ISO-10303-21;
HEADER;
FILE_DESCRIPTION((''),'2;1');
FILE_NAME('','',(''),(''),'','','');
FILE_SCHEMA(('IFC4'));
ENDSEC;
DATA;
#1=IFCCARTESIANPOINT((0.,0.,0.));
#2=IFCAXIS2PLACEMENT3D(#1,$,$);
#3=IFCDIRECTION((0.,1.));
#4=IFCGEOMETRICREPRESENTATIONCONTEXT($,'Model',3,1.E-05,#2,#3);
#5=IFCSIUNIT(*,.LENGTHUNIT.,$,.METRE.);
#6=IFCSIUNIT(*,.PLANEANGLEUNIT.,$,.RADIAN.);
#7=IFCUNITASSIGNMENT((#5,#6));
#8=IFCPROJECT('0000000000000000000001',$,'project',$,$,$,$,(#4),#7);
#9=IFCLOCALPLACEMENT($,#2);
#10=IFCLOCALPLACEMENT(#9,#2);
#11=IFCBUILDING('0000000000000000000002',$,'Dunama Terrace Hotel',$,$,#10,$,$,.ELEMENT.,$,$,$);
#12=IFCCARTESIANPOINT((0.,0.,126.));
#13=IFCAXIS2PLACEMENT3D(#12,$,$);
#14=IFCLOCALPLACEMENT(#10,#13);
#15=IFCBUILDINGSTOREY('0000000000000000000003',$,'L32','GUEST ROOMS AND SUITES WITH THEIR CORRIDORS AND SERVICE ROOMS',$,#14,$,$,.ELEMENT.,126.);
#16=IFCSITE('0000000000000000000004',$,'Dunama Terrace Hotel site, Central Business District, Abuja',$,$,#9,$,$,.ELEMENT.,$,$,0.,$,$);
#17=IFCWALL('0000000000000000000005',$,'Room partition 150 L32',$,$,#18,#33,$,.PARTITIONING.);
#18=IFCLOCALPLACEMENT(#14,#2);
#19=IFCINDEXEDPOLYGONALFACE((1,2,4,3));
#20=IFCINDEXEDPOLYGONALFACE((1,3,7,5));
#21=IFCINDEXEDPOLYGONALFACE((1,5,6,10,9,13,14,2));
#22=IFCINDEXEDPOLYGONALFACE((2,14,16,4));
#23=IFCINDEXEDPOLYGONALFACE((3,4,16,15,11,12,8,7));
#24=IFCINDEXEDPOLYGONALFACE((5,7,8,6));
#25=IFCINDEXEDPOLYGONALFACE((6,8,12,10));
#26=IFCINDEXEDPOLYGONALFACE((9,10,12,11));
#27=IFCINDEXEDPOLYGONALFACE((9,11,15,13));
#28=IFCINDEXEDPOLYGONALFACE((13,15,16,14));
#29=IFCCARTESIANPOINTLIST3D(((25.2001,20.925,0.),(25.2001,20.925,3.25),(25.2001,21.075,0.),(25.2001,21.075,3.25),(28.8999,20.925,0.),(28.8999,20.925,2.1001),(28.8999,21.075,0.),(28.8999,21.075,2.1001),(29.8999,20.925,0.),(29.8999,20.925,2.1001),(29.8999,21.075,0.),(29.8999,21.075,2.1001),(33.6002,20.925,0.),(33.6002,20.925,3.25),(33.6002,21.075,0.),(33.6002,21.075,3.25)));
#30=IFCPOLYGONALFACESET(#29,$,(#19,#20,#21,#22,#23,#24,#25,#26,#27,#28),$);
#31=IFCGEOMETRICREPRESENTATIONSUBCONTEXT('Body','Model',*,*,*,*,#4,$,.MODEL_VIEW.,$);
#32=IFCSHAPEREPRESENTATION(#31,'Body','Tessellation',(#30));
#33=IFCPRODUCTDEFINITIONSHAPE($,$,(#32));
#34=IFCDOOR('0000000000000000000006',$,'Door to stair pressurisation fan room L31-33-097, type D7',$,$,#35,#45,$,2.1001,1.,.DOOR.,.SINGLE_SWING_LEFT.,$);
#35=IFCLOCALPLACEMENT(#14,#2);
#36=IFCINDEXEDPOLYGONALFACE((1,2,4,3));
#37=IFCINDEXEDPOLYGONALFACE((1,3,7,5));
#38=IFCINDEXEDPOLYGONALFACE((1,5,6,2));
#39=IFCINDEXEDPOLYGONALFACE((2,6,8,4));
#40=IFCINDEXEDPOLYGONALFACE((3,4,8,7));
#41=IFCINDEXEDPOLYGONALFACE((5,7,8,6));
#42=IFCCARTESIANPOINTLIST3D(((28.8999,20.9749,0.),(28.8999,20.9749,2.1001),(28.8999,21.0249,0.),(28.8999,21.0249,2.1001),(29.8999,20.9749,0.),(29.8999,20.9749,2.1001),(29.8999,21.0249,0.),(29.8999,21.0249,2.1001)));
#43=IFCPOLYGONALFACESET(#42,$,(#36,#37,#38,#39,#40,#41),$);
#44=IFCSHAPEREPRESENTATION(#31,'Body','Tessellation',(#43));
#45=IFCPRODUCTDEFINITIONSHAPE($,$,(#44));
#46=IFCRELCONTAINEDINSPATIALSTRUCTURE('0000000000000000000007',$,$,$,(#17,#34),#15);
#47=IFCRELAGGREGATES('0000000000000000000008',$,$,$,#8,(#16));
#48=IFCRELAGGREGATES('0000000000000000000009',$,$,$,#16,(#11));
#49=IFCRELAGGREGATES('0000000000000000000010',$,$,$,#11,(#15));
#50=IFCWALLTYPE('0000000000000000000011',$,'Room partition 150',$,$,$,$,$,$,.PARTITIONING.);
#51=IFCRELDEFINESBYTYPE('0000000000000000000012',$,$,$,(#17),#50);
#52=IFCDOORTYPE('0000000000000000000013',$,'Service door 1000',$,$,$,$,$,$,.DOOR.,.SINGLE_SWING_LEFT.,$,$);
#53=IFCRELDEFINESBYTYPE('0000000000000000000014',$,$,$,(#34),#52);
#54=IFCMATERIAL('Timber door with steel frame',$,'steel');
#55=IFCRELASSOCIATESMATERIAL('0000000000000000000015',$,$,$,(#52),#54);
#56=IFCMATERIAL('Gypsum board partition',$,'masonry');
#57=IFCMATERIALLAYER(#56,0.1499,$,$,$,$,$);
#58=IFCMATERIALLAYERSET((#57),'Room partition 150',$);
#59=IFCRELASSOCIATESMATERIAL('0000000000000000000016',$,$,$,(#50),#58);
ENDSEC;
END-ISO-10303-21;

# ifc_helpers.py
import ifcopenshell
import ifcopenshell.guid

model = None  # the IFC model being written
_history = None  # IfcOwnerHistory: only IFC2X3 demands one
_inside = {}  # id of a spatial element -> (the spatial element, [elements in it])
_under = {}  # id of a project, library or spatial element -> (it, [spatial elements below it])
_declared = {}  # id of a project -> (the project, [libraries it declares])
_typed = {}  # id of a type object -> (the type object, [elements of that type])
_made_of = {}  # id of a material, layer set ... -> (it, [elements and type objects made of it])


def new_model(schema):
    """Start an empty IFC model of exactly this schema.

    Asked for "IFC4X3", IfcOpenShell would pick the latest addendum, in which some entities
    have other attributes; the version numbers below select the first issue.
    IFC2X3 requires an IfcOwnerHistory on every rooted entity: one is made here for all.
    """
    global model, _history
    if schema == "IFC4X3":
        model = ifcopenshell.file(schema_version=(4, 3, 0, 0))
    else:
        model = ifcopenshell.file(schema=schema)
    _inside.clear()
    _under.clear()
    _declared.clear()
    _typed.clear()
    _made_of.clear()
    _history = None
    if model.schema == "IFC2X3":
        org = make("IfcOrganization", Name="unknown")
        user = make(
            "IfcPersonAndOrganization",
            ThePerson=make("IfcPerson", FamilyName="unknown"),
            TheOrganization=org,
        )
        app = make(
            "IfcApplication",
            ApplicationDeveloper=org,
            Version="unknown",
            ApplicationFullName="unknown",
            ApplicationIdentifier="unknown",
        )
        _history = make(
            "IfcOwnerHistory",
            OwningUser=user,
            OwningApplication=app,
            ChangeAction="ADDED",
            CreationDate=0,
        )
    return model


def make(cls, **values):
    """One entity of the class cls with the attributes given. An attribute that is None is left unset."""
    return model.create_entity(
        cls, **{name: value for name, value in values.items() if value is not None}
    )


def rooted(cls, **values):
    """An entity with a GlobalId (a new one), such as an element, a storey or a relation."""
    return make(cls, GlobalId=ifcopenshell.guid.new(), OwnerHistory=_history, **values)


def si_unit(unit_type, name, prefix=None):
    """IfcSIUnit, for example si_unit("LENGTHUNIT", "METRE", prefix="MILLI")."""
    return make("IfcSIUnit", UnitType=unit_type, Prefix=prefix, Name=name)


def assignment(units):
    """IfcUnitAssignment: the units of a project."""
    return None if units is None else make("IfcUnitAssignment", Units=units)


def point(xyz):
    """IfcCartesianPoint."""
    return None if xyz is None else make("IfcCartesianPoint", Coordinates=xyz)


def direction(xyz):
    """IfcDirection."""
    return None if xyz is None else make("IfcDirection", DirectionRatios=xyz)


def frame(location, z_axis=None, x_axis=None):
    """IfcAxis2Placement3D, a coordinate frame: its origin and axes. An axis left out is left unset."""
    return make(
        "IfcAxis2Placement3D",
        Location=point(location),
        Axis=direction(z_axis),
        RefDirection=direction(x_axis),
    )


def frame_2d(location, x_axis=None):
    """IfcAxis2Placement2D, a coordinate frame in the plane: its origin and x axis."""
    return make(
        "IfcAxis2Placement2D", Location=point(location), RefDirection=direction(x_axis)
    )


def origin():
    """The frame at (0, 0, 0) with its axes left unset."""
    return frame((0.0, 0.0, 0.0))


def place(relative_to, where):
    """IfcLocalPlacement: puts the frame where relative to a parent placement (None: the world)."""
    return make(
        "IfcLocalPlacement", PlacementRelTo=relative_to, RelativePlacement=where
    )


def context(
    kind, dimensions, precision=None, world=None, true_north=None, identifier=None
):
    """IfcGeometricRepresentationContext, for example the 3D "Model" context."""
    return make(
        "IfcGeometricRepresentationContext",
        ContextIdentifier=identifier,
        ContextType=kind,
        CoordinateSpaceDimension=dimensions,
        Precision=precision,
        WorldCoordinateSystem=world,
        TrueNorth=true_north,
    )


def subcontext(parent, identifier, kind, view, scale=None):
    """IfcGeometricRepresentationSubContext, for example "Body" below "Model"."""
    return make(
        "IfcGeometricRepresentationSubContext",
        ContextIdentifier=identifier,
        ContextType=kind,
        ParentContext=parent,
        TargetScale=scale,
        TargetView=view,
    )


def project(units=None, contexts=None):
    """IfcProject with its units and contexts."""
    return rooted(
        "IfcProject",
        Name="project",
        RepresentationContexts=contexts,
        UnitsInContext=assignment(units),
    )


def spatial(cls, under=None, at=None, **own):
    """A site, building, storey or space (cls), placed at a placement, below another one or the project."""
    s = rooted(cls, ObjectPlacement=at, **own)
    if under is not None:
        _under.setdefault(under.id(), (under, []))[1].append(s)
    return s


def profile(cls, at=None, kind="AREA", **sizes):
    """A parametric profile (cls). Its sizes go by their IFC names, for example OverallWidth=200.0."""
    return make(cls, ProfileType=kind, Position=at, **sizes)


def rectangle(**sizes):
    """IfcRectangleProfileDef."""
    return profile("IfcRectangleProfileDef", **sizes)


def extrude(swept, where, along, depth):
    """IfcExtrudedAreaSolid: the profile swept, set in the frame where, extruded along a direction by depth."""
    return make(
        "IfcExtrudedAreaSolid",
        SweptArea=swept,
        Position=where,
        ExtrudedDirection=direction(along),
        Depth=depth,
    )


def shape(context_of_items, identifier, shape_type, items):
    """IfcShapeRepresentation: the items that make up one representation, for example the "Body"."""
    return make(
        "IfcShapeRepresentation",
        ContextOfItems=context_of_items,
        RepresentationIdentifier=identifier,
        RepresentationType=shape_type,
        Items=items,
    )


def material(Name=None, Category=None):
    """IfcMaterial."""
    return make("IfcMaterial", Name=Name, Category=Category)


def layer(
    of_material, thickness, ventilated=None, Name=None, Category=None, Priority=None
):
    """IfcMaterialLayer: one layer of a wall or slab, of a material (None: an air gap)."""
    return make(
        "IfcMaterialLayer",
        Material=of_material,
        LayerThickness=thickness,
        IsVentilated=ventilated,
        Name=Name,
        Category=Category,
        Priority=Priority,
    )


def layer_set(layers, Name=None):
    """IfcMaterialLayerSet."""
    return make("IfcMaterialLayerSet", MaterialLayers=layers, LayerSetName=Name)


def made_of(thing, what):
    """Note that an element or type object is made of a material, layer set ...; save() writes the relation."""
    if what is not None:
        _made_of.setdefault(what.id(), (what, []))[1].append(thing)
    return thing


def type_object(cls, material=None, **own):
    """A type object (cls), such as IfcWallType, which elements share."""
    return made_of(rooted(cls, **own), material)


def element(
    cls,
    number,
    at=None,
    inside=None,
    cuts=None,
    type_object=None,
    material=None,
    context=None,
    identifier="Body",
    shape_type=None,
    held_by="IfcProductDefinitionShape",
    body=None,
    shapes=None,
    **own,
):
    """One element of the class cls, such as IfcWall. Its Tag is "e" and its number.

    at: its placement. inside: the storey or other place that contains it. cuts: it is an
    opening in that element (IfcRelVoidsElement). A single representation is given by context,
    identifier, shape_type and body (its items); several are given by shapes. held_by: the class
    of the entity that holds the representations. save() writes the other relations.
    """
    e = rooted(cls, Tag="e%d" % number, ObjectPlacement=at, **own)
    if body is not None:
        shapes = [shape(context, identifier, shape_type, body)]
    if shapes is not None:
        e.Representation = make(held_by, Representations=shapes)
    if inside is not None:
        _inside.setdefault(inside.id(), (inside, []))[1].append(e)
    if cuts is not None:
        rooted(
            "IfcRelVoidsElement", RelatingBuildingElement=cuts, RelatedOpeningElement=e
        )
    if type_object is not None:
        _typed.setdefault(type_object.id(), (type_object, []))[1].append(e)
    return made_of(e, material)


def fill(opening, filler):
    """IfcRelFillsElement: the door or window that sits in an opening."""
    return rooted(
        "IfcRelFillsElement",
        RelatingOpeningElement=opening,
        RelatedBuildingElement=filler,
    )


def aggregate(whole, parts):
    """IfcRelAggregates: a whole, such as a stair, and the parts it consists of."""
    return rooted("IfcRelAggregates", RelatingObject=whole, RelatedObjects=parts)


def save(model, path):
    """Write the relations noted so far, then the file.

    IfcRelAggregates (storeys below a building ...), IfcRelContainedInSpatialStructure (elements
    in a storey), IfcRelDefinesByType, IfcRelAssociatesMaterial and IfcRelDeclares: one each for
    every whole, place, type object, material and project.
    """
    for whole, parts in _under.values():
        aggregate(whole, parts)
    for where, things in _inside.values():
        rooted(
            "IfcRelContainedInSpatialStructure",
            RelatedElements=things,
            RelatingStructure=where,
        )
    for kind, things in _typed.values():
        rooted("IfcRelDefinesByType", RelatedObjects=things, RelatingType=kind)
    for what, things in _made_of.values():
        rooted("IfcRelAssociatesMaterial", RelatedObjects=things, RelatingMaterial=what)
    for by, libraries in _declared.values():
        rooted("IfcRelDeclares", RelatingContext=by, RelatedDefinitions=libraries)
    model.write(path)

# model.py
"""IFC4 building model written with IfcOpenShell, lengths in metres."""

from ifc_helpers import new_model, si_unit, direction, frame, frame_2d, origin, place, context, subcontext, project, spatial, rectangle, extrude, material, layer, layer_set, type_object, element, fill, save


model = new_model("IFC4")

# Units and contexts
model_context = context("Model", 3, precision=1e-05, world=origin(), true_north=direction((0.0, 1.0)))
body_context = subcontext(model_context, "Body", "Model", "MODEL_VIEW")
ifc_project = project(units=[si_unit("LENGTHUNIT", "METRE"), si_unit("PLANEANGLEUNIT", "RADIAN")], contexts=[model_context])

# Site, building, storey
site_placement = place(None, origin())
site = spatial("IfcSite", under=ifc_project, at=site_placement, Name="Dunama Terrace Hotel site, Central Business District, Abuja", CompositionType="ELEMENT", RefElevation=0.0)
building_placement = place(site_placement, origin())
building = spatial("IfcBuilding", under=site, at=building_placement, Name="Dunama Terrace Hotel", CompositionType="ELEMENT")
storey_placement = place(building_placement, frame((0.0, 0.0, 126.0)))
storey = spatial("IfcBuildingStorey", under=building, at=storey_placement, Name="L32", Description="GUEST ROOMS AND SUITES WITH THEIR CORRIDORS AND SERVICE ROOMS", CompositionType="ELEMENT", Elevation=126.0)

# Shared definitions
ifc_material_1 = material(Name="Timber door with steel frame", Category="steel")
door_type_1 = type_object("IfcDoorType", Name="Service door 1000", OperationType="SINGLE_SWING_LEFT", PredefinedType="DOOR", material=ifc_material_1)

# Wall, opening, door
ifc_material_2 = material(Name="Gypsum board partition", Category="masonry")
ifc_layer_1 = layer(ifc_material_2, 0.1499)
ifc_layer_set_1 = layer_set([ifc_layer_1], Name="Room partition 150")
wall_type_1 = type_object("IfcWallType", Name="Room partition 150", PredefinedType="PARTITIONING", material=ifc_layer_set_1)
wall_1_placement = place(storey_placement, frame((25.2, 21.0, 0.0), z_axis=(0.0, 0.0, 1.0), x_axis=(1.0, 0.0, 0.0)))
wall_1 = element("IfcWall", 1, at=wall_1_placement, inside=storey, type_object=wall_type_1, Name="Room partition 150 L32", PredefinedType="PARTITIONING", context=body_context, shape_type="SweptSolid", body=[
    extrude(rectangle(XDim=8.4001, YDim=0.1499, at=frame_2d((4.2002, 0.0))), origin(), (0.0, 0.0, 1.0), 3.25),
])
opening_1_placement = place(wall_1_placement, frame((3.7, 0.0, 0.0)))
opening_1 = element("IfcOpeningElement", 2, at=opening_1_placement, cuts=wall_1, PredefinedType="OPENING", context=body_context, shape_type="SweptSolid", body=[
    extrude(rectangle(XDim=1.0, YDim=2.1001, at=frame_2d((0.5, 1.05))), frame((0.0, 0.085, 0.0), z_axis=(0.0, -1.0, 0.0), x_axis=(1.0, 0.0, 0.0)), (0.0, 0.0, 1.0), 0.1699),
])
door_1_placement = place(opening_1_placement, origin())
door_1 = element("IfcDoor", 3, at=door_1_placement, inside=storey, type_object=door_type_1, Name="Door to stair pressurisation fan room L31-33-097, type D7", OperationType="SINGLE_SWING_LEFT", OverallHeight=2.1001, OverallWidth=1.0, PredefinedType="DOOR", context=body_context, shape_type="SweptSolid", body=[
    extrude(rectangle(XDim=1.0, YDim=2.1001, at=frame_2d((0.5, 1.05))), frame((0.0, 0.0249, 0.0), z_axis=(0.0, -1.0, 0.0), x_axis=(1.0, 0.0, 0.0)), (0.0, 0.0, 1.0), 0.05),
])
fill(opening_1, door_1)

save(model, "model.ifc")
